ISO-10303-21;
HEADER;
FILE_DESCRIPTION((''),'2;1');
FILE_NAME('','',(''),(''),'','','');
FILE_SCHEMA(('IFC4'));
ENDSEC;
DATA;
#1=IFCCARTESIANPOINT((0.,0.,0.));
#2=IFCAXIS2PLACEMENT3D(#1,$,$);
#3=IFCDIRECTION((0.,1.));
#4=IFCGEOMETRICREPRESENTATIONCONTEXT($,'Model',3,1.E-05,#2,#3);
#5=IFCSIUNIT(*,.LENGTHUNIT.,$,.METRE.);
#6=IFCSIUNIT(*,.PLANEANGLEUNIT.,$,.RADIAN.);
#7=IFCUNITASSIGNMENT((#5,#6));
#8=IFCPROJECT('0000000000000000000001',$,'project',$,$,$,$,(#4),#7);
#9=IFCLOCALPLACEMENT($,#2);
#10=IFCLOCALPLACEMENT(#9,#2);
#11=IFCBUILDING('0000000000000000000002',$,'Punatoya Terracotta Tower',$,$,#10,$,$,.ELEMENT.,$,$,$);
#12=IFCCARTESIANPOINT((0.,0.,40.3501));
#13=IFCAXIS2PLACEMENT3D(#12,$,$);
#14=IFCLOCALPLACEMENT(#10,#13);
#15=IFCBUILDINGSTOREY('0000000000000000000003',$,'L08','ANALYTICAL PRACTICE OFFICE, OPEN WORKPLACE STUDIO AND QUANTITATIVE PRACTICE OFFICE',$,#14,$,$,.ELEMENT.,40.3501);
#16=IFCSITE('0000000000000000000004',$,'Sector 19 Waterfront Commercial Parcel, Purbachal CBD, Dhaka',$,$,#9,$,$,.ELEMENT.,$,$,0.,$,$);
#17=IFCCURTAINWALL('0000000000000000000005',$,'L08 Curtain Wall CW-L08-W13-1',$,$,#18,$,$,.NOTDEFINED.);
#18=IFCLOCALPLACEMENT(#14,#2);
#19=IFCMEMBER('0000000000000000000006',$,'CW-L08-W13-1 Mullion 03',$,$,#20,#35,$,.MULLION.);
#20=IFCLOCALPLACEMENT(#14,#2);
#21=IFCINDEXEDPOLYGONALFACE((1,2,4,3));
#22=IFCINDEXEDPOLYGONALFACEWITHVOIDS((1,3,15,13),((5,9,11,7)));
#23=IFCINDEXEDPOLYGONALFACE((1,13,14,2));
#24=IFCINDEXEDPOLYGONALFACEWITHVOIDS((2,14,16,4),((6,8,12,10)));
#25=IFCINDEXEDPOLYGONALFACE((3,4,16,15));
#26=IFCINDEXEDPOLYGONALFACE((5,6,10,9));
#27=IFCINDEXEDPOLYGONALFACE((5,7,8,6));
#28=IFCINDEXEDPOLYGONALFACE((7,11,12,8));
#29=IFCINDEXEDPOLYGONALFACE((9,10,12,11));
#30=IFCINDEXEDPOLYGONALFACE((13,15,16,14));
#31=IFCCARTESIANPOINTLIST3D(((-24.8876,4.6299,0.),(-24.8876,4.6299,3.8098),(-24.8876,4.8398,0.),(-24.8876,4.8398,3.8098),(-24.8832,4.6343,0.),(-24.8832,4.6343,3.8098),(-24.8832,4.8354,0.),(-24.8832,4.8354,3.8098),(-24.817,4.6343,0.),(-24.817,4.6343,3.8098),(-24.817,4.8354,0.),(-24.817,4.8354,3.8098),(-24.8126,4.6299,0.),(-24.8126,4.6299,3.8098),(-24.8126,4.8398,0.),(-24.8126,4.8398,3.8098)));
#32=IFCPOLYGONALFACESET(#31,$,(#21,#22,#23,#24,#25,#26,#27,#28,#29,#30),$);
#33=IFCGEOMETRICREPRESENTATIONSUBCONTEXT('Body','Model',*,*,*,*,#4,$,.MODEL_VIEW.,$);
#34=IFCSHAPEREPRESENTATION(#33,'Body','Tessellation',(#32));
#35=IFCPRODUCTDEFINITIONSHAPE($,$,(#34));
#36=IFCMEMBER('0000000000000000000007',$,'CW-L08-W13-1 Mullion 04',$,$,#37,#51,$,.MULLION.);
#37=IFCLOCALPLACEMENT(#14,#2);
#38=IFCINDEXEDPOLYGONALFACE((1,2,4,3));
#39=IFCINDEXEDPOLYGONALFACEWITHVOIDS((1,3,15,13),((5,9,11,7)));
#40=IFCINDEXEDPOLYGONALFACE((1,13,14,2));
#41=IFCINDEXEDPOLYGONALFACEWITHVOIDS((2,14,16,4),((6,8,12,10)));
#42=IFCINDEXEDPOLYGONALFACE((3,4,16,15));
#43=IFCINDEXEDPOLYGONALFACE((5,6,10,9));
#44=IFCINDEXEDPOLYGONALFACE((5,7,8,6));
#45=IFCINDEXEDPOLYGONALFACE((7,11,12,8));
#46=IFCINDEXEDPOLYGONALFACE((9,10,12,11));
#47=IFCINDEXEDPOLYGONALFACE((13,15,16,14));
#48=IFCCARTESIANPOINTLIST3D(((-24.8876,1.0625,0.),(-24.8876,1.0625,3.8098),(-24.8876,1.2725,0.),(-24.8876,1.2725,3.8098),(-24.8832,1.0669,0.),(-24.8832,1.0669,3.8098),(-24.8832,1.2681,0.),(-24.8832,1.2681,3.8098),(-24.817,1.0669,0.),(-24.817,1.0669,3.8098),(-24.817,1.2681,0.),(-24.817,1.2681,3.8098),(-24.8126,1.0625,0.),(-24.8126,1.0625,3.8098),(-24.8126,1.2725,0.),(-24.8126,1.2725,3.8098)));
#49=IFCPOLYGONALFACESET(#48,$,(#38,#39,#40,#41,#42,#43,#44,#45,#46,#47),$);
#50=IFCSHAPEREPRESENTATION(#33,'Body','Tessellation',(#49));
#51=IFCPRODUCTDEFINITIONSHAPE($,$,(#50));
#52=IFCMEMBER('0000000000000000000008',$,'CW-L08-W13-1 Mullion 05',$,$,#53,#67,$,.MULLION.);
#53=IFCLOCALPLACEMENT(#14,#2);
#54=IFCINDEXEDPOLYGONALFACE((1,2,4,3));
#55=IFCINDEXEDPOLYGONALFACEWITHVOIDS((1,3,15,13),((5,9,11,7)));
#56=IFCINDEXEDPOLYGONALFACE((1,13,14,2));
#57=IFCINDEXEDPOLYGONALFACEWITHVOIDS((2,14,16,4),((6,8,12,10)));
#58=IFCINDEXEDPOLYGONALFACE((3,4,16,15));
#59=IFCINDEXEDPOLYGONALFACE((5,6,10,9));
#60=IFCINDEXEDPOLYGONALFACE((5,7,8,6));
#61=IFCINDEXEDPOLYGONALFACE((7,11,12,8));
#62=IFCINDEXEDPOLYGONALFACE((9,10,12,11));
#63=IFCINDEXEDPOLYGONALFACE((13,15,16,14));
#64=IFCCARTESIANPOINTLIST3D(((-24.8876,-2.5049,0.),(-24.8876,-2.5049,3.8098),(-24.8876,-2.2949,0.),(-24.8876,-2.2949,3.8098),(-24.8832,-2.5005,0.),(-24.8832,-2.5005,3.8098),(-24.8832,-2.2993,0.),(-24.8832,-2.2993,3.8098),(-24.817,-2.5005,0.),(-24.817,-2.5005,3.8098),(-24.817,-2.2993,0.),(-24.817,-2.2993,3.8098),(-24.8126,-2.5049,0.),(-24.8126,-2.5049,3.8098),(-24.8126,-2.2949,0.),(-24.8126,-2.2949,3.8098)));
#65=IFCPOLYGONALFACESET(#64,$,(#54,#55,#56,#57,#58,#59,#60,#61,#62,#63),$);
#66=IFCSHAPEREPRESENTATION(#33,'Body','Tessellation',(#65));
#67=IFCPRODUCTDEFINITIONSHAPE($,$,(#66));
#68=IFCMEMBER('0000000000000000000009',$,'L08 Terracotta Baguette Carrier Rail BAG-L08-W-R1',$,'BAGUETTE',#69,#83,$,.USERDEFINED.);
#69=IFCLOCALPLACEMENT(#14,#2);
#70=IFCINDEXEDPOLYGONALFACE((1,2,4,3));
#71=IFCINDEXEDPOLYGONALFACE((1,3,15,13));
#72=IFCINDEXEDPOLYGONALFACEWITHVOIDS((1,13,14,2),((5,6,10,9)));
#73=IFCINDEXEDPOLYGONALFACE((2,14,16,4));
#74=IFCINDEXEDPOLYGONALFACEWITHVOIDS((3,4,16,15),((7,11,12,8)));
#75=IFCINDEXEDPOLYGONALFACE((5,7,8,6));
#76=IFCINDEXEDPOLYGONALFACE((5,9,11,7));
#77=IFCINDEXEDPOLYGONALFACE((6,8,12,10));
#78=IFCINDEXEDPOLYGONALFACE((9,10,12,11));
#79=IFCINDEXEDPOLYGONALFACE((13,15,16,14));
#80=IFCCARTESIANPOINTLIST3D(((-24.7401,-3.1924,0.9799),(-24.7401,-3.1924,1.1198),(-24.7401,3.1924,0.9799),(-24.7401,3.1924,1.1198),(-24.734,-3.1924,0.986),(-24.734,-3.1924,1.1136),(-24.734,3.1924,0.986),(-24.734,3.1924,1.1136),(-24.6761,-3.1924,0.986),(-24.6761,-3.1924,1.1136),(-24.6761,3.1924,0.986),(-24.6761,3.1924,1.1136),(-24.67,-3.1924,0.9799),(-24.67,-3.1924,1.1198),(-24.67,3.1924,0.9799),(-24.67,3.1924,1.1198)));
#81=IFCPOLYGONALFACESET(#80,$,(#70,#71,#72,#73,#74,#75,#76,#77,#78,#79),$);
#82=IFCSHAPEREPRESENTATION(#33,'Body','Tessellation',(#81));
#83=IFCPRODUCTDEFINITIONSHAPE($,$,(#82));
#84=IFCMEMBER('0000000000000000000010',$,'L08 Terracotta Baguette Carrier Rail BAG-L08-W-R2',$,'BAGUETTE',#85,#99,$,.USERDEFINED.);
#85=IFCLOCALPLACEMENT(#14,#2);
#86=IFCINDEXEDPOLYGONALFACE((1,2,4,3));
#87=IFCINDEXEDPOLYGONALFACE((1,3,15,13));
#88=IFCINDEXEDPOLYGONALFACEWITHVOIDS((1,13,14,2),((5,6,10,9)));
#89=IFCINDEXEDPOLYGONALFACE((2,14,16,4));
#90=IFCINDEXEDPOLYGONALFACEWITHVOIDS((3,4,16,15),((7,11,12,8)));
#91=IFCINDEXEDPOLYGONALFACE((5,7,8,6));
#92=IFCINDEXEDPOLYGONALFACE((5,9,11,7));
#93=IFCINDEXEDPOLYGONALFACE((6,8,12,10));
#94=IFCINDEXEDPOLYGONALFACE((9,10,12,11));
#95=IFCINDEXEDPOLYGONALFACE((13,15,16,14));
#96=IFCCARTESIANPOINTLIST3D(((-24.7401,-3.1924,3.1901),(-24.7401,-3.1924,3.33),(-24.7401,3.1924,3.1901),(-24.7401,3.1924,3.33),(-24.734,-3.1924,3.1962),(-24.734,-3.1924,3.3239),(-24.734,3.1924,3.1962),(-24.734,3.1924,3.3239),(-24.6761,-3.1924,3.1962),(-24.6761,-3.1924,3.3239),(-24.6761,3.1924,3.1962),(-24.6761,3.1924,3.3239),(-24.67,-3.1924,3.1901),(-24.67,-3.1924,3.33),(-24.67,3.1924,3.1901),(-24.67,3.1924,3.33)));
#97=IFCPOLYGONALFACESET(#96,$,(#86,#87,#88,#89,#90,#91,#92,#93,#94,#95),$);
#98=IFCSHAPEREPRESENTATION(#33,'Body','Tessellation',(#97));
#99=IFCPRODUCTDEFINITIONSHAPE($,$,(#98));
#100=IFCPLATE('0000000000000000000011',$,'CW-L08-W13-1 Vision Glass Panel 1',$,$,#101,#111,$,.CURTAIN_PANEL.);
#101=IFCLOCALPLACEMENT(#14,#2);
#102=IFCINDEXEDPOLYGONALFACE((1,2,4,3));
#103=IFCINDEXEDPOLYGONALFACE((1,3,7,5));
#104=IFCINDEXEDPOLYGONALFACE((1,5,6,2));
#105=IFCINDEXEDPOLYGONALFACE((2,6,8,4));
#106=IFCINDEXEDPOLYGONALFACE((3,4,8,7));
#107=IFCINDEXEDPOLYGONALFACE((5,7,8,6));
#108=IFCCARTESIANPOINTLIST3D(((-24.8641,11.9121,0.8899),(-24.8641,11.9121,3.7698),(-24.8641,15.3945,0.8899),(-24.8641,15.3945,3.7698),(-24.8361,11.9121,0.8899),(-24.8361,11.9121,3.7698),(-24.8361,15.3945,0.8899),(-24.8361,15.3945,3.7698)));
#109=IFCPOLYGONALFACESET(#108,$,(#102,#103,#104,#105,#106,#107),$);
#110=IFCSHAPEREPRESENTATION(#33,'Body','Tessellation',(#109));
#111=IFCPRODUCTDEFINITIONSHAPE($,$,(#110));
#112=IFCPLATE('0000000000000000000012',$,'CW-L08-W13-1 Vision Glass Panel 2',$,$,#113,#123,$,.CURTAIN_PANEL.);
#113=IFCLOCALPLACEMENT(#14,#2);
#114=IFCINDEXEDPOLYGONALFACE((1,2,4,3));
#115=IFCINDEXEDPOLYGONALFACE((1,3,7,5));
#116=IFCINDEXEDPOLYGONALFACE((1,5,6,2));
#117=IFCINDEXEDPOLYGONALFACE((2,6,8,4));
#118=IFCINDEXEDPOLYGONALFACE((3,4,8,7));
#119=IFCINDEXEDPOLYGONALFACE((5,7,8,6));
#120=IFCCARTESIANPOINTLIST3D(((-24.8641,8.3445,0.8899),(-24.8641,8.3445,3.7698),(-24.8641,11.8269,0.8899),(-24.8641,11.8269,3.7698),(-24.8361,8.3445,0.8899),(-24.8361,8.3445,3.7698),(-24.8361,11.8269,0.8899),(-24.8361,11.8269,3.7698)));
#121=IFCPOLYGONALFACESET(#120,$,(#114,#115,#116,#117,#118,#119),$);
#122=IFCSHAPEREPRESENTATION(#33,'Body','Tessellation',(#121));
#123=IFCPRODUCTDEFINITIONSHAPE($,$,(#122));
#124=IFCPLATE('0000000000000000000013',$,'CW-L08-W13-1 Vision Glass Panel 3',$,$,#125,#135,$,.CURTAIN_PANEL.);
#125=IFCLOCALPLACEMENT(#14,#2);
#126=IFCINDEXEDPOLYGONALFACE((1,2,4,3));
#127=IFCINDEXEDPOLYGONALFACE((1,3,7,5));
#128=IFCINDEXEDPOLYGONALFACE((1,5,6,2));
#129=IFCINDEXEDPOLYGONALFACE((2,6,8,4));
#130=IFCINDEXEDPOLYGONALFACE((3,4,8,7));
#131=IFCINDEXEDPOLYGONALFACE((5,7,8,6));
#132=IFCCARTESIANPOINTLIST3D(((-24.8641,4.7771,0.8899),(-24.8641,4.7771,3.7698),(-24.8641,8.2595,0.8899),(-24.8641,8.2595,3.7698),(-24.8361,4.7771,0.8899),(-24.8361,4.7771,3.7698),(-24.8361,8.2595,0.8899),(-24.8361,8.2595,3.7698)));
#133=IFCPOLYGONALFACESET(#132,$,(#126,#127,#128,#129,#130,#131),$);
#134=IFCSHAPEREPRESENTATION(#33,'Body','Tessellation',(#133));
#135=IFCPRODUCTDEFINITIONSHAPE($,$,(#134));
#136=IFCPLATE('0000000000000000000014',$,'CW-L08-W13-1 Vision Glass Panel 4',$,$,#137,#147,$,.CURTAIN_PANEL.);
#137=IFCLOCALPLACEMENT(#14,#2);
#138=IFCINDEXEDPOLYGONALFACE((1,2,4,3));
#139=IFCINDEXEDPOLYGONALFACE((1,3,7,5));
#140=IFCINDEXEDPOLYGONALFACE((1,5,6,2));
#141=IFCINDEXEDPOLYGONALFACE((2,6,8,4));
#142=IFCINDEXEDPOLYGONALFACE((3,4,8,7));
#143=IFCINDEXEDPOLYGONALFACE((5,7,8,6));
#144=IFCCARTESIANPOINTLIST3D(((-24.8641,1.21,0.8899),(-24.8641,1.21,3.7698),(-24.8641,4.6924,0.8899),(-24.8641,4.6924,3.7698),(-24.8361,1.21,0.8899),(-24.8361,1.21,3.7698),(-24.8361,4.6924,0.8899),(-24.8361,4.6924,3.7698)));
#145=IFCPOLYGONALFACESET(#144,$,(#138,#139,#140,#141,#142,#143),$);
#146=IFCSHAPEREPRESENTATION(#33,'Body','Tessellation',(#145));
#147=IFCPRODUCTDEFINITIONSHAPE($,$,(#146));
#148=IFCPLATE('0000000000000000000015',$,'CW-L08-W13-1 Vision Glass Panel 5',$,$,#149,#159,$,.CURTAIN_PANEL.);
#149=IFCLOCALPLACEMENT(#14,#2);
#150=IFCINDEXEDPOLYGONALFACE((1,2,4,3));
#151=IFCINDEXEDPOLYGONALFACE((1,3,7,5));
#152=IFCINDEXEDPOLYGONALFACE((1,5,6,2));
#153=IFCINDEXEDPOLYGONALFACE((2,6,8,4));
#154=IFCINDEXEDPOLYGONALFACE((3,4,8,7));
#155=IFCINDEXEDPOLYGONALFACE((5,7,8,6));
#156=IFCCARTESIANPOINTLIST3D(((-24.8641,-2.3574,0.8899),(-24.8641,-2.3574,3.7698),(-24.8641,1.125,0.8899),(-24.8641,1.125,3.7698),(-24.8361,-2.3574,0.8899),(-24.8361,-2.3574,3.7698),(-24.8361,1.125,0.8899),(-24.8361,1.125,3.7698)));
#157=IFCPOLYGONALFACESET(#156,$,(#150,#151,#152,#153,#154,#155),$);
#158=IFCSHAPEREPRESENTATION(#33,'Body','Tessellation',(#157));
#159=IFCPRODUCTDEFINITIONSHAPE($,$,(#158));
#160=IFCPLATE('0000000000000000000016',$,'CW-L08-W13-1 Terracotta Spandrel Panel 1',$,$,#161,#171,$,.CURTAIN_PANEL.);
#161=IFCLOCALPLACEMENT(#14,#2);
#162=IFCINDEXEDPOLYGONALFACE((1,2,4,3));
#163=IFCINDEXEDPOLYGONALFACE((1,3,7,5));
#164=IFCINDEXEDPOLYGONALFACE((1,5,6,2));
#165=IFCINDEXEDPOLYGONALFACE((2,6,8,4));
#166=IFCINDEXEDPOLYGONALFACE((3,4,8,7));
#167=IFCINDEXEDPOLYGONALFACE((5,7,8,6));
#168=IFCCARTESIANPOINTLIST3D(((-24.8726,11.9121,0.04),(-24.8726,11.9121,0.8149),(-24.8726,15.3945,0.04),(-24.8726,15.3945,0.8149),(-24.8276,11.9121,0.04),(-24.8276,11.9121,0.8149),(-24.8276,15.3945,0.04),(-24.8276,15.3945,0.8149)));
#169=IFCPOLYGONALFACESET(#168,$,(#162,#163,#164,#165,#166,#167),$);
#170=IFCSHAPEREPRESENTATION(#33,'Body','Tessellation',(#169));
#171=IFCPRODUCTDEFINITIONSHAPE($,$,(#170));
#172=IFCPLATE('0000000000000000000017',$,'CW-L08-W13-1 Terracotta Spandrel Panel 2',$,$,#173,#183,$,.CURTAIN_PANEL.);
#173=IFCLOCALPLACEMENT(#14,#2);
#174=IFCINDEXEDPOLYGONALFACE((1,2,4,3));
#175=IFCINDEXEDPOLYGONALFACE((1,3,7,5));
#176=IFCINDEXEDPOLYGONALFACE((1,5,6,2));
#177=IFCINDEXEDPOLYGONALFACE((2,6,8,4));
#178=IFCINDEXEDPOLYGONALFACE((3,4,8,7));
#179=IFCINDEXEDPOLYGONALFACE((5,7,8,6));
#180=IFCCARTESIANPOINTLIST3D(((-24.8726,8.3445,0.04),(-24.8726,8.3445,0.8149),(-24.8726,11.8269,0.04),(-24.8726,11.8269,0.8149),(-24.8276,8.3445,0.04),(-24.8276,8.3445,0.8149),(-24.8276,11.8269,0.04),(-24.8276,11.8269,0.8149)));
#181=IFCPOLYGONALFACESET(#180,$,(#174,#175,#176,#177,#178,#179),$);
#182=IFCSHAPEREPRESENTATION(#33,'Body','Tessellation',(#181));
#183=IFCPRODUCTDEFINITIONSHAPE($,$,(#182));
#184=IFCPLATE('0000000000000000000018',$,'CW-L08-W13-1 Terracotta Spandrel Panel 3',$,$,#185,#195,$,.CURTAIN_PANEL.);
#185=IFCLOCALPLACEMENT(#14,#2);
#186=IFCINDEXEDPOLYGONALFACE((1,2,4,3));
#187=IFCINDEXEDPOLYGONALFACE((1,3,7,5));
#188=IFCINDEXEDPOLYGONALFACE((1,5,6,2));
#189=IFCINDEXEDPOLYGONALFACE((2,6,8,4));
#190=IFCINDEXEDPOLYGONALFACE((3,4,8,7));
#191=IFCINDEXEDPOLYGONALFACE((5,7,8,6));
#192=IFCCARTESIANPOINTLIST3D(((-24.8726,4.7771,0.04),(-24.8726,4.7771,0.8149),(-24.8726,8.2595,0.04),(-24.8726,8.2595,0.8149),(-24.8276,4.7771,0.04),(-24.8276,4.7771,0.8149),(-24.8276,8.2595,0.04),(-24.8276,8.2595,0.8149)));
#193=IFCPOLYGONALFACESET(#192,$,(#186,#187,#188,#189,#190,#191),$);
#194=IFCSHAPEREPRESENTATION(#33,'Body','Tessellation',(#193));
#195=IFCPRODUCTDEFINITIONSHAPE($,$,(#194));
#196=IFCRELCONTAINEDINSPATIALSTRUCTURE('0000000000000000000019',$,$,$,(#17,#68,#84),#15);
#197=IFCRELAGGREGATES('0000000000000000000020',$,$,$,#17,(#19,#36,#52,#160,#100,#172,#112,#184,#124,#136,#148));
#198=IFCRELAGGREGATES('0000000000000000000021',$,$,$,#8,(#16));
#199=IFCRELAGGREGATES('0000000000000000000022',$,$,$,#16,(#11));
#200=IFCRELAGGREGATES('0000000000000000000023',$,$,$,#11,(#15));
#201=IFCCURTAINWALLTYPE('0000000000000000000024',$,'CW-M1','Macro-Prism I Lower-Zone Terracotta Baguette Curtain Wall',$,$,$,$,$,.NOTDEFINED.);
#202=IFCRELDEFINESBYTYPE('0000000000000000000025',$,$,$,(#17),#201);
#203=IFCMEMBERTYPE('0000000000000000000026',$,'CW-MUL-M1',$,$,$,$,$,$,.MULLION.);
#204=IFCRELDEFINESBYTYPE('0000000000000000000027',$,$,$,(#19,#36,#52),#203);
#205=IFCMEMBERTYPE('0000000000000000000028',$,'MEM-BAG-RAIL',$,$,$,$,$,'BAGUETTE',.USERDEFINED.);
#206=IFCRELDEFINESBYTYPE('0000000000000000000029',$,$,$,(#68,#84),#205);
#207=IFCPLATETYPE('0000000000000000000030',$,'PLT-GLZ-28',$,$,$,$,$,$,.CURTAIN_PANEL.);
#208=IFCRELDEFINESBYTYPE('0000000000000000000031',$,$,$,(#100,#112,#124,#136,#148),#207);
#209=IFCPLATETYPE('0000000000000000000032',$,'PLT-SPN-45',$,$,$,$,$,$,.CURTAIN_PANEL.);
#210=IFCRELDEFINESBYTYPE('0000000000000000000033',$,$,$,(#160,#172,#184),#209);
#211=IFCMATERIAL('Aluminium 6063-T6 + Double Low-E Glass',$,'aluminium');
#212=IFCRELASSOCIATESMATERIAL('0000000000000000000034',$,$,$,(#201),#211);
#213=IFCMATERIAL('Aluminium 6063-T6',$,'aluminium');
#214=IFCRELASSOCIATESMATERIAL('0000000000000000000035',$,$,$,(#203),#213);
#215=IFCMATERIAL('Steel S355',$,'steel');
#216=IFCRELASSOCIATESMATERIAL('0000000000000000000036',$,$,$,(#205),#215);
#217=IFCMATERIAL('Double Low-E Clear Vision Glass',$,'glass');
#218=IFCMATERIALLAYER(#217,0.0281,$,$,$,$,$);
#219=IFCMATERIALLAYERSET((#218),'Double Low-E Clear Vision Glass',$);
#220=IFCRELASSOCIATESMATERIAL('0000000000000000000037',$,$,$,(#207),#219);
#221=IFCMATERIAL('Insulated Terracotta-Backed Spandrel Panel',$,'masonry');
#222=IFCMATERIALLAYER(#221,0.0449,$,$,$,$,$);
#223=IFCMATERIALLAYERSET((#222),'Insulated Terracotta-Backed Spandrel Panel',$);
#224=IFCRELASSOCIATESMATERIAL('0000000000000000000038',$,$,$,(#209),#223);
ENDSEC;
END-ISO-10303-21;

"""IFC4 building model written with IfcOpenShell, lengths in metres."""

from ifc_helpers import new_model, si_unit, direction, frame, origin, origin_2d, place, context, subcontext, project, spatial, rectangle, hollow_rectangle, extrude, material, layer, layer_set, material_profile, profile_set, type_object, element, aggregate, save


model = new_model("IFC4")

# Units and contexts
model_context = context("Model", 3, precision=1e-05, world=origin(), true_north=direction((0.0, 1.0)))
body_context = subcontext(model_context, "Body", "Model", "MODEL_VIEW")
ifc_project = project(units=[si_unit("LENGTHUNIT", "METRE"), si_unit("PLANEANGLEUNIT", "RADIAN")], contexts=[model_context])

# Site, building, storey
site_placement = place(None, origin())
site = spatial("IfcSite", under=ifc_project, at=site_placement, Name="Sector 19 Waterfront Commercial Parcel, Purbachal CBD, Dhaka", CompositionType="ELEMENT", RefElevation=0.0)
building_placement = place(site_placement, origin())
building = spatial("IfcBuilding", under=site, at=building_placement, Name="Punatoya Terracotta Tower", CompositionType="ELEMENT")
storey_placement = place(building_placement, frame((0.0, 0.0, 40.3501)))
storey = spatial("IfcBuildingStorey", under=building, at=storey_placement, Name="L08", Description="ANALYTICAL PRACTICE OFFICE, OPEN WORKPLACE STUDIO AND QUANTITATIVE PRACTICE OFFICE", CompositionType="ELEMENT", Elevation=40.3501)

# Curtain wall, members
ifc_material_1 = material(Name="Aluminium 6063-T6 + Double Low-E Glass", Category="aluminium")
curtain_wall_type = type_object("IfcCurtainWallType", Name="CW-M1", Description="Macro-Prism I Lower-Zone Terracotta Baguette Curtain Wall", PredefinedType="NOTDEFINED", material=ifc_material_1)
curtain_wall_placement = place(storey_placement, origin())
curtain_wall = element("IfcCurtainWall", 1, at=curtain_wall_placement, inside=storey, type_object=curtain_wall_type, Name="L08 Curtain Wall CW-L08-W13-1", PredefinedType="NOTDEFINED")
ifc_material_2 = material(Name="Aluminium 6063-T6", Category="aluminium")
ifc_material_profile_1 = material_profile(ifc_material_2, hollow_rectangle(XDim=0.075, YDim=0.21, WallThickness=0.0044, at=origin_2d()))
ifc_profile_set_1 = profile_set([ifc_material_profile_1], Name="Aluminium 6063-T6")
member_type_1 = type_object("IfcMemberType", Name="CW-MUL-M1", PredefinedType="MULLION", material=ifc_profile_set_1)
member_1_placement = place(storey_placement, frame((-24.8501, 4.7349, 0.0), z_axis=(0.0, 0.0, 1.0), x_axis=(1.0, 0.0, 0.0)))
member_1 = element("IfcMember", 2, at=member_1_placement, type_object=member_type_1, Name="CW-L08-W13-1 Mullion 03", PredefinedType="MULLION", context=body_context, shape_type="SweptSolid", body=[
    extrude(hollow_rectangle(XDim=0.075, YDim=0.21, WallThickness=0.0044, at=origin_2d()), origin(), (0.0, 0.0, 1.0), 3.8098),
])
member_2_placement = place(storey_placement, frame((-24.8501, 1.1675, 0.0), z_axis=(0.0, 0.0, 1.0), x_axis=(1.0, 0.0, 0.0)))
member_2 = element("IfcMember", 3, at=member_2_placement, type_object=member_type_1, Name="CW-L08-W13-1 Mullion 04", PredefinedType="MULLION", context=body_context, shape_type="SweptSolid", body=[
    extrude(hollow_rectangle(XDim=0.075, YDim=0.21, WallThickness=0.0044, at=origin_2d()), origin(), (0.0, 0.0, 1.0), 3.8098),
])
member_3_placement = place(storey_placement, frame((-24.8501, -2.3999, 0.0), z_axis=(0.0, 0.0, 1.0), x_axis=(1.0, 0.0, 0.0)))
member_3 = element("IfcMember", 4, at=member_3_placement, type_object=member_type_1, Name="CW-L08-W13-1 Mullion 05", PredefinedType="MULLION", context=body_context, shape_type="SweptSolid", body=[
    extrude(hollow_rectangle(XDim=0.075, YDim=0.21, WallThickness=0.0044, at=origin_2d()), origin(), (0.0, 0.0, 1.0), 3.8098),
])

# Members
ifc_material_3 = material(Name="Steel S355", Category="steel")
ifc_material_profile_2 = material_profile(ifc_material_3, hollow_rectangle(XDim=0.0701, YDim=0.1399, WallThickness=0.0061, at=origin_2d()))
ifc_profile_set_2 = profile_set([ifc_material_profile_2], Name="Steel S355")
member_type_2 = type_object("IfcMemberType", Name="MEM-BAG-RAIL", ElementType="BAGUETTE", PredefinedType="USERDEFINED", material=ifc_profile_set_2)
for number, where, z_axis, x_axis, name in (
    (5, (-24.7051, -3.1924, 1.0498), (0.0, 1.0, 0.0), (-1.0, 0.0, 0.0), "L08 Terracotta Baguette Carrier Rail BAG-L08-W-R1"),
    (6, (-24.7051, -3.1924, 3.26), (0.0, 1.0, 0.0), (-1.0, 0.0, 0.0), "L08 Terracotta Baguette Carrier Rail BAG-L08-W-R2"),
):
    element("IfcMember", number, at=place(storey_placement, frame(where, z_axis=z_axis, x_axis=x_axis)), inside=storey, type_object=member_type_2, Name=name, ObjectType="BAGUETTE", PredefinedType="USERDEFINED", context=body_context, shape_type="SweptSolid", body=[
        extrude(hollow_rectangle(XDim=0.0701, YDim=0.1399, WallThickness=0.0061, at=origin_2d()), origin(), (0.0, 0.0, 1.0), 6.3848),
    ])

# Plates
ifc_material_4 = material(Name="Double Low-E Clear Vision Glass", Category="glass")
ifc_layer_1 = layer(ifc_material_4, 0.0281)
ifc_layer_set_1 = layer_set([ifc_layer_1], Name="Double Low-E Clear Vision Glass")
plate_type_1 = type_object("IfcPlateType", Name="PLT-GLZ-28", PredefinedType="CURTAIN_PANEL", material=ifc_layer_set_1)
plate_1_placement = place(storey_placement, frame((-24.8501, 13.6533, 0.8899), z_axis=(0.0, 0.0, 1.0), x_axis=(0.0, -1.0, 0.0)))
plate_1 = element("IfcPlate", 7, at=plate_1_placement, type_object=plate_type_1, Name="CW-L08-W13-1 Vision Glass Panel 1", PredefinedType="CURTAIN_PANEL", context=body_context, shape_type="SweptSolid", body=[
    extrude(rectangle(XDim=3.4824, YDim=0.0281, at=origin_2d()), origin(), (0.0, 0.0, 1.0), 2.8799),
])
plate_2_placement = place(storey_placement, frame((-24.8501, 10.0857, 0.8899), z_axis=(0.0, 0.0, 1.0), x_axis=(0.0, -1.0, 0.0)))
plate_2 = element("IfcPlate", 8, at=plate_2_placement, type_object=plate_type_1, Name="CW-L08-W13-1 Vision Glass Panel 2", PredefinedType="CURTAIN_PANEL", context=body_context, shape_type="SweptSolid", body=[
    extrude(rectangle(XDim=3.4824, YDim=0.0281, at=origin_2d()), origin(), (0.0, 0.0, 1.0), 2.8799),
])
plate_3_placement = place(storey_placement, frame((-24.8501, 6.5183, 0.8899), z_axis=(0.0, 0.0, 1.0), x_axis=(0.0, -1.0, 0.0)))
plate_3 = element("IfcPlate", 9, at=plate_3_placement, type_object=plate_type_1, Name="CW-L08-W13-1 Vision Glass Panel 3", PredefinedType="CURTAIN_PANEL", context=body_context, shape_type="SweptSolid", body=[
    extrude(rectangle(XDim=3.4824, YDim=0.0281, at=origin_2d()), origin(), (0.0, 0.0, 1.0), 2.8799),
])
plate_4_placement = place(storey_placement, frame((-24.8501, 2.9512, 0.8899), z_axis=(0.0, 0.0, 1.0), x_axis=(0.0, -1.0, 0.0)))
plate_4 = element("IfcPlate", 10, at=plate_4_placement, type_object=plate_type_1, Name="CW-L08-W13-1 Vision Glass Panel 4", PredefinedType="CURTAIN_PANEL", context=body_context, shape_type="SweptSolid", body=[
    extrude(rectangle(XDim=3.4824, YDim=0.0281, at=origin_2d()), origin(), (0.0, 0.0, 1.0), 2.8799),
])
plate_5_placement = place(storey_placement, frame((-24.8501, -0.6162, 0.8899), z_axis=(0.0, 0.0, 1.0), x_axis=(0.0, -1.0, 0.0)))
plate_5 = element("IfcPlate", 11, at=plate_5_placement, type_object=plate_type_1, Name="CW-L08-W13-1 Vision Glass Panel 5", PredefinedType="CURTAIN_PANEL", context=body_context, shape_type="SweptSolid", body=[
    extrude(rectangle(XDim=3.4824, YDim=0.0281, at=origin_2d()), origin(), (0.0, 0.0, 1.0), 2.8799),
])
ifc_material_5 = material(Name="Insulated Terracotta-Backed Spandrel Panel", Category="masonry")
ifc_layer_2 = layer(ifc_material_5, 0.0449)
ifc_layer_set_2 = layer_set([ifc_layer_2], Name="Insulated Terracotta-Backed Spandrel Panel")
plate_type_2 = type_object("IfcPlateType", Name="PLT-SPN-45", PredefinedType="CURTAIN_PANEL", material=ifc_layer_set_2)
plate_6_placement = place(storey_placement, frame((-24.8501, 13.6533, 0.04), z_axis=(0.0, 0.0, 1.0), x_axis=(0.0, -1.0, 0.0)))
plate_6 = element("IfcPlate", 12, at=plate_6_placement, type_object=plate_type_2, Name="CW-L08-W13-1 Terracotta Spandrel Panel 1", PredefinedType="CURTAIN_PANEL", context=body_context, shape_type="SweptSolid", body=[
    extrude(rectangle(XDim=3.4824, YDim=0.0449, at=origin_2d()), origin(), (0.0, 0.0, 1.0), 0.7749),
])
plate_7_placement = place(storey_placement, frame((-24.8501, 10.0857, 0.04), z_axis=(0.0, 0.0, 1.0), x_axis=(0.0, -1.0, 0.0)))
plate_7 = element("IfcPlate", 13, at=plate_7_placement, type_object=plate_type_2, Name="CW-L08-W13-1 Terracotta Spandrel Panel 2", PredefinedType="CURTAIN_PANEL", context=body_context, shape_type="SweptSolid", body=[
    extrude(rectangle(XDim=3.4824, YDim=0.0449, at=origin_2d()), origin(), (0.0, 0.0, 1.0), 0.7749),
])
plate_8_placement = place(storey_placement, frame((-24.8501, 6.5183, 0.04), z_axis=(0.0, 0.0, 1.0), x_axis=(0.0, -1.0, 0.0)))
plate_8 = element("IfcPlate", 14, at=plate_8_placement, type_object=plate_type_2, Name="CW-L08-W13-1 Terracotta Spandrel Panel 3", PredefinedType="CURTAIN_PANEL", context=body_context, shape_type="SweptSolid", body=[
    extrude(rectangle(XDim=3.4824, YDim=0.0449, at=origin_2d()), origin(), (0.0, 0.0, 1.0), 0.7749),
])
aggregate(curtain_wall, [member_1, member_2, member_3, plate_6, plate_1, plate_7, plate_2, plate_8, plate_3, plate_4, plate_5])

save(model, "model.ifc")
